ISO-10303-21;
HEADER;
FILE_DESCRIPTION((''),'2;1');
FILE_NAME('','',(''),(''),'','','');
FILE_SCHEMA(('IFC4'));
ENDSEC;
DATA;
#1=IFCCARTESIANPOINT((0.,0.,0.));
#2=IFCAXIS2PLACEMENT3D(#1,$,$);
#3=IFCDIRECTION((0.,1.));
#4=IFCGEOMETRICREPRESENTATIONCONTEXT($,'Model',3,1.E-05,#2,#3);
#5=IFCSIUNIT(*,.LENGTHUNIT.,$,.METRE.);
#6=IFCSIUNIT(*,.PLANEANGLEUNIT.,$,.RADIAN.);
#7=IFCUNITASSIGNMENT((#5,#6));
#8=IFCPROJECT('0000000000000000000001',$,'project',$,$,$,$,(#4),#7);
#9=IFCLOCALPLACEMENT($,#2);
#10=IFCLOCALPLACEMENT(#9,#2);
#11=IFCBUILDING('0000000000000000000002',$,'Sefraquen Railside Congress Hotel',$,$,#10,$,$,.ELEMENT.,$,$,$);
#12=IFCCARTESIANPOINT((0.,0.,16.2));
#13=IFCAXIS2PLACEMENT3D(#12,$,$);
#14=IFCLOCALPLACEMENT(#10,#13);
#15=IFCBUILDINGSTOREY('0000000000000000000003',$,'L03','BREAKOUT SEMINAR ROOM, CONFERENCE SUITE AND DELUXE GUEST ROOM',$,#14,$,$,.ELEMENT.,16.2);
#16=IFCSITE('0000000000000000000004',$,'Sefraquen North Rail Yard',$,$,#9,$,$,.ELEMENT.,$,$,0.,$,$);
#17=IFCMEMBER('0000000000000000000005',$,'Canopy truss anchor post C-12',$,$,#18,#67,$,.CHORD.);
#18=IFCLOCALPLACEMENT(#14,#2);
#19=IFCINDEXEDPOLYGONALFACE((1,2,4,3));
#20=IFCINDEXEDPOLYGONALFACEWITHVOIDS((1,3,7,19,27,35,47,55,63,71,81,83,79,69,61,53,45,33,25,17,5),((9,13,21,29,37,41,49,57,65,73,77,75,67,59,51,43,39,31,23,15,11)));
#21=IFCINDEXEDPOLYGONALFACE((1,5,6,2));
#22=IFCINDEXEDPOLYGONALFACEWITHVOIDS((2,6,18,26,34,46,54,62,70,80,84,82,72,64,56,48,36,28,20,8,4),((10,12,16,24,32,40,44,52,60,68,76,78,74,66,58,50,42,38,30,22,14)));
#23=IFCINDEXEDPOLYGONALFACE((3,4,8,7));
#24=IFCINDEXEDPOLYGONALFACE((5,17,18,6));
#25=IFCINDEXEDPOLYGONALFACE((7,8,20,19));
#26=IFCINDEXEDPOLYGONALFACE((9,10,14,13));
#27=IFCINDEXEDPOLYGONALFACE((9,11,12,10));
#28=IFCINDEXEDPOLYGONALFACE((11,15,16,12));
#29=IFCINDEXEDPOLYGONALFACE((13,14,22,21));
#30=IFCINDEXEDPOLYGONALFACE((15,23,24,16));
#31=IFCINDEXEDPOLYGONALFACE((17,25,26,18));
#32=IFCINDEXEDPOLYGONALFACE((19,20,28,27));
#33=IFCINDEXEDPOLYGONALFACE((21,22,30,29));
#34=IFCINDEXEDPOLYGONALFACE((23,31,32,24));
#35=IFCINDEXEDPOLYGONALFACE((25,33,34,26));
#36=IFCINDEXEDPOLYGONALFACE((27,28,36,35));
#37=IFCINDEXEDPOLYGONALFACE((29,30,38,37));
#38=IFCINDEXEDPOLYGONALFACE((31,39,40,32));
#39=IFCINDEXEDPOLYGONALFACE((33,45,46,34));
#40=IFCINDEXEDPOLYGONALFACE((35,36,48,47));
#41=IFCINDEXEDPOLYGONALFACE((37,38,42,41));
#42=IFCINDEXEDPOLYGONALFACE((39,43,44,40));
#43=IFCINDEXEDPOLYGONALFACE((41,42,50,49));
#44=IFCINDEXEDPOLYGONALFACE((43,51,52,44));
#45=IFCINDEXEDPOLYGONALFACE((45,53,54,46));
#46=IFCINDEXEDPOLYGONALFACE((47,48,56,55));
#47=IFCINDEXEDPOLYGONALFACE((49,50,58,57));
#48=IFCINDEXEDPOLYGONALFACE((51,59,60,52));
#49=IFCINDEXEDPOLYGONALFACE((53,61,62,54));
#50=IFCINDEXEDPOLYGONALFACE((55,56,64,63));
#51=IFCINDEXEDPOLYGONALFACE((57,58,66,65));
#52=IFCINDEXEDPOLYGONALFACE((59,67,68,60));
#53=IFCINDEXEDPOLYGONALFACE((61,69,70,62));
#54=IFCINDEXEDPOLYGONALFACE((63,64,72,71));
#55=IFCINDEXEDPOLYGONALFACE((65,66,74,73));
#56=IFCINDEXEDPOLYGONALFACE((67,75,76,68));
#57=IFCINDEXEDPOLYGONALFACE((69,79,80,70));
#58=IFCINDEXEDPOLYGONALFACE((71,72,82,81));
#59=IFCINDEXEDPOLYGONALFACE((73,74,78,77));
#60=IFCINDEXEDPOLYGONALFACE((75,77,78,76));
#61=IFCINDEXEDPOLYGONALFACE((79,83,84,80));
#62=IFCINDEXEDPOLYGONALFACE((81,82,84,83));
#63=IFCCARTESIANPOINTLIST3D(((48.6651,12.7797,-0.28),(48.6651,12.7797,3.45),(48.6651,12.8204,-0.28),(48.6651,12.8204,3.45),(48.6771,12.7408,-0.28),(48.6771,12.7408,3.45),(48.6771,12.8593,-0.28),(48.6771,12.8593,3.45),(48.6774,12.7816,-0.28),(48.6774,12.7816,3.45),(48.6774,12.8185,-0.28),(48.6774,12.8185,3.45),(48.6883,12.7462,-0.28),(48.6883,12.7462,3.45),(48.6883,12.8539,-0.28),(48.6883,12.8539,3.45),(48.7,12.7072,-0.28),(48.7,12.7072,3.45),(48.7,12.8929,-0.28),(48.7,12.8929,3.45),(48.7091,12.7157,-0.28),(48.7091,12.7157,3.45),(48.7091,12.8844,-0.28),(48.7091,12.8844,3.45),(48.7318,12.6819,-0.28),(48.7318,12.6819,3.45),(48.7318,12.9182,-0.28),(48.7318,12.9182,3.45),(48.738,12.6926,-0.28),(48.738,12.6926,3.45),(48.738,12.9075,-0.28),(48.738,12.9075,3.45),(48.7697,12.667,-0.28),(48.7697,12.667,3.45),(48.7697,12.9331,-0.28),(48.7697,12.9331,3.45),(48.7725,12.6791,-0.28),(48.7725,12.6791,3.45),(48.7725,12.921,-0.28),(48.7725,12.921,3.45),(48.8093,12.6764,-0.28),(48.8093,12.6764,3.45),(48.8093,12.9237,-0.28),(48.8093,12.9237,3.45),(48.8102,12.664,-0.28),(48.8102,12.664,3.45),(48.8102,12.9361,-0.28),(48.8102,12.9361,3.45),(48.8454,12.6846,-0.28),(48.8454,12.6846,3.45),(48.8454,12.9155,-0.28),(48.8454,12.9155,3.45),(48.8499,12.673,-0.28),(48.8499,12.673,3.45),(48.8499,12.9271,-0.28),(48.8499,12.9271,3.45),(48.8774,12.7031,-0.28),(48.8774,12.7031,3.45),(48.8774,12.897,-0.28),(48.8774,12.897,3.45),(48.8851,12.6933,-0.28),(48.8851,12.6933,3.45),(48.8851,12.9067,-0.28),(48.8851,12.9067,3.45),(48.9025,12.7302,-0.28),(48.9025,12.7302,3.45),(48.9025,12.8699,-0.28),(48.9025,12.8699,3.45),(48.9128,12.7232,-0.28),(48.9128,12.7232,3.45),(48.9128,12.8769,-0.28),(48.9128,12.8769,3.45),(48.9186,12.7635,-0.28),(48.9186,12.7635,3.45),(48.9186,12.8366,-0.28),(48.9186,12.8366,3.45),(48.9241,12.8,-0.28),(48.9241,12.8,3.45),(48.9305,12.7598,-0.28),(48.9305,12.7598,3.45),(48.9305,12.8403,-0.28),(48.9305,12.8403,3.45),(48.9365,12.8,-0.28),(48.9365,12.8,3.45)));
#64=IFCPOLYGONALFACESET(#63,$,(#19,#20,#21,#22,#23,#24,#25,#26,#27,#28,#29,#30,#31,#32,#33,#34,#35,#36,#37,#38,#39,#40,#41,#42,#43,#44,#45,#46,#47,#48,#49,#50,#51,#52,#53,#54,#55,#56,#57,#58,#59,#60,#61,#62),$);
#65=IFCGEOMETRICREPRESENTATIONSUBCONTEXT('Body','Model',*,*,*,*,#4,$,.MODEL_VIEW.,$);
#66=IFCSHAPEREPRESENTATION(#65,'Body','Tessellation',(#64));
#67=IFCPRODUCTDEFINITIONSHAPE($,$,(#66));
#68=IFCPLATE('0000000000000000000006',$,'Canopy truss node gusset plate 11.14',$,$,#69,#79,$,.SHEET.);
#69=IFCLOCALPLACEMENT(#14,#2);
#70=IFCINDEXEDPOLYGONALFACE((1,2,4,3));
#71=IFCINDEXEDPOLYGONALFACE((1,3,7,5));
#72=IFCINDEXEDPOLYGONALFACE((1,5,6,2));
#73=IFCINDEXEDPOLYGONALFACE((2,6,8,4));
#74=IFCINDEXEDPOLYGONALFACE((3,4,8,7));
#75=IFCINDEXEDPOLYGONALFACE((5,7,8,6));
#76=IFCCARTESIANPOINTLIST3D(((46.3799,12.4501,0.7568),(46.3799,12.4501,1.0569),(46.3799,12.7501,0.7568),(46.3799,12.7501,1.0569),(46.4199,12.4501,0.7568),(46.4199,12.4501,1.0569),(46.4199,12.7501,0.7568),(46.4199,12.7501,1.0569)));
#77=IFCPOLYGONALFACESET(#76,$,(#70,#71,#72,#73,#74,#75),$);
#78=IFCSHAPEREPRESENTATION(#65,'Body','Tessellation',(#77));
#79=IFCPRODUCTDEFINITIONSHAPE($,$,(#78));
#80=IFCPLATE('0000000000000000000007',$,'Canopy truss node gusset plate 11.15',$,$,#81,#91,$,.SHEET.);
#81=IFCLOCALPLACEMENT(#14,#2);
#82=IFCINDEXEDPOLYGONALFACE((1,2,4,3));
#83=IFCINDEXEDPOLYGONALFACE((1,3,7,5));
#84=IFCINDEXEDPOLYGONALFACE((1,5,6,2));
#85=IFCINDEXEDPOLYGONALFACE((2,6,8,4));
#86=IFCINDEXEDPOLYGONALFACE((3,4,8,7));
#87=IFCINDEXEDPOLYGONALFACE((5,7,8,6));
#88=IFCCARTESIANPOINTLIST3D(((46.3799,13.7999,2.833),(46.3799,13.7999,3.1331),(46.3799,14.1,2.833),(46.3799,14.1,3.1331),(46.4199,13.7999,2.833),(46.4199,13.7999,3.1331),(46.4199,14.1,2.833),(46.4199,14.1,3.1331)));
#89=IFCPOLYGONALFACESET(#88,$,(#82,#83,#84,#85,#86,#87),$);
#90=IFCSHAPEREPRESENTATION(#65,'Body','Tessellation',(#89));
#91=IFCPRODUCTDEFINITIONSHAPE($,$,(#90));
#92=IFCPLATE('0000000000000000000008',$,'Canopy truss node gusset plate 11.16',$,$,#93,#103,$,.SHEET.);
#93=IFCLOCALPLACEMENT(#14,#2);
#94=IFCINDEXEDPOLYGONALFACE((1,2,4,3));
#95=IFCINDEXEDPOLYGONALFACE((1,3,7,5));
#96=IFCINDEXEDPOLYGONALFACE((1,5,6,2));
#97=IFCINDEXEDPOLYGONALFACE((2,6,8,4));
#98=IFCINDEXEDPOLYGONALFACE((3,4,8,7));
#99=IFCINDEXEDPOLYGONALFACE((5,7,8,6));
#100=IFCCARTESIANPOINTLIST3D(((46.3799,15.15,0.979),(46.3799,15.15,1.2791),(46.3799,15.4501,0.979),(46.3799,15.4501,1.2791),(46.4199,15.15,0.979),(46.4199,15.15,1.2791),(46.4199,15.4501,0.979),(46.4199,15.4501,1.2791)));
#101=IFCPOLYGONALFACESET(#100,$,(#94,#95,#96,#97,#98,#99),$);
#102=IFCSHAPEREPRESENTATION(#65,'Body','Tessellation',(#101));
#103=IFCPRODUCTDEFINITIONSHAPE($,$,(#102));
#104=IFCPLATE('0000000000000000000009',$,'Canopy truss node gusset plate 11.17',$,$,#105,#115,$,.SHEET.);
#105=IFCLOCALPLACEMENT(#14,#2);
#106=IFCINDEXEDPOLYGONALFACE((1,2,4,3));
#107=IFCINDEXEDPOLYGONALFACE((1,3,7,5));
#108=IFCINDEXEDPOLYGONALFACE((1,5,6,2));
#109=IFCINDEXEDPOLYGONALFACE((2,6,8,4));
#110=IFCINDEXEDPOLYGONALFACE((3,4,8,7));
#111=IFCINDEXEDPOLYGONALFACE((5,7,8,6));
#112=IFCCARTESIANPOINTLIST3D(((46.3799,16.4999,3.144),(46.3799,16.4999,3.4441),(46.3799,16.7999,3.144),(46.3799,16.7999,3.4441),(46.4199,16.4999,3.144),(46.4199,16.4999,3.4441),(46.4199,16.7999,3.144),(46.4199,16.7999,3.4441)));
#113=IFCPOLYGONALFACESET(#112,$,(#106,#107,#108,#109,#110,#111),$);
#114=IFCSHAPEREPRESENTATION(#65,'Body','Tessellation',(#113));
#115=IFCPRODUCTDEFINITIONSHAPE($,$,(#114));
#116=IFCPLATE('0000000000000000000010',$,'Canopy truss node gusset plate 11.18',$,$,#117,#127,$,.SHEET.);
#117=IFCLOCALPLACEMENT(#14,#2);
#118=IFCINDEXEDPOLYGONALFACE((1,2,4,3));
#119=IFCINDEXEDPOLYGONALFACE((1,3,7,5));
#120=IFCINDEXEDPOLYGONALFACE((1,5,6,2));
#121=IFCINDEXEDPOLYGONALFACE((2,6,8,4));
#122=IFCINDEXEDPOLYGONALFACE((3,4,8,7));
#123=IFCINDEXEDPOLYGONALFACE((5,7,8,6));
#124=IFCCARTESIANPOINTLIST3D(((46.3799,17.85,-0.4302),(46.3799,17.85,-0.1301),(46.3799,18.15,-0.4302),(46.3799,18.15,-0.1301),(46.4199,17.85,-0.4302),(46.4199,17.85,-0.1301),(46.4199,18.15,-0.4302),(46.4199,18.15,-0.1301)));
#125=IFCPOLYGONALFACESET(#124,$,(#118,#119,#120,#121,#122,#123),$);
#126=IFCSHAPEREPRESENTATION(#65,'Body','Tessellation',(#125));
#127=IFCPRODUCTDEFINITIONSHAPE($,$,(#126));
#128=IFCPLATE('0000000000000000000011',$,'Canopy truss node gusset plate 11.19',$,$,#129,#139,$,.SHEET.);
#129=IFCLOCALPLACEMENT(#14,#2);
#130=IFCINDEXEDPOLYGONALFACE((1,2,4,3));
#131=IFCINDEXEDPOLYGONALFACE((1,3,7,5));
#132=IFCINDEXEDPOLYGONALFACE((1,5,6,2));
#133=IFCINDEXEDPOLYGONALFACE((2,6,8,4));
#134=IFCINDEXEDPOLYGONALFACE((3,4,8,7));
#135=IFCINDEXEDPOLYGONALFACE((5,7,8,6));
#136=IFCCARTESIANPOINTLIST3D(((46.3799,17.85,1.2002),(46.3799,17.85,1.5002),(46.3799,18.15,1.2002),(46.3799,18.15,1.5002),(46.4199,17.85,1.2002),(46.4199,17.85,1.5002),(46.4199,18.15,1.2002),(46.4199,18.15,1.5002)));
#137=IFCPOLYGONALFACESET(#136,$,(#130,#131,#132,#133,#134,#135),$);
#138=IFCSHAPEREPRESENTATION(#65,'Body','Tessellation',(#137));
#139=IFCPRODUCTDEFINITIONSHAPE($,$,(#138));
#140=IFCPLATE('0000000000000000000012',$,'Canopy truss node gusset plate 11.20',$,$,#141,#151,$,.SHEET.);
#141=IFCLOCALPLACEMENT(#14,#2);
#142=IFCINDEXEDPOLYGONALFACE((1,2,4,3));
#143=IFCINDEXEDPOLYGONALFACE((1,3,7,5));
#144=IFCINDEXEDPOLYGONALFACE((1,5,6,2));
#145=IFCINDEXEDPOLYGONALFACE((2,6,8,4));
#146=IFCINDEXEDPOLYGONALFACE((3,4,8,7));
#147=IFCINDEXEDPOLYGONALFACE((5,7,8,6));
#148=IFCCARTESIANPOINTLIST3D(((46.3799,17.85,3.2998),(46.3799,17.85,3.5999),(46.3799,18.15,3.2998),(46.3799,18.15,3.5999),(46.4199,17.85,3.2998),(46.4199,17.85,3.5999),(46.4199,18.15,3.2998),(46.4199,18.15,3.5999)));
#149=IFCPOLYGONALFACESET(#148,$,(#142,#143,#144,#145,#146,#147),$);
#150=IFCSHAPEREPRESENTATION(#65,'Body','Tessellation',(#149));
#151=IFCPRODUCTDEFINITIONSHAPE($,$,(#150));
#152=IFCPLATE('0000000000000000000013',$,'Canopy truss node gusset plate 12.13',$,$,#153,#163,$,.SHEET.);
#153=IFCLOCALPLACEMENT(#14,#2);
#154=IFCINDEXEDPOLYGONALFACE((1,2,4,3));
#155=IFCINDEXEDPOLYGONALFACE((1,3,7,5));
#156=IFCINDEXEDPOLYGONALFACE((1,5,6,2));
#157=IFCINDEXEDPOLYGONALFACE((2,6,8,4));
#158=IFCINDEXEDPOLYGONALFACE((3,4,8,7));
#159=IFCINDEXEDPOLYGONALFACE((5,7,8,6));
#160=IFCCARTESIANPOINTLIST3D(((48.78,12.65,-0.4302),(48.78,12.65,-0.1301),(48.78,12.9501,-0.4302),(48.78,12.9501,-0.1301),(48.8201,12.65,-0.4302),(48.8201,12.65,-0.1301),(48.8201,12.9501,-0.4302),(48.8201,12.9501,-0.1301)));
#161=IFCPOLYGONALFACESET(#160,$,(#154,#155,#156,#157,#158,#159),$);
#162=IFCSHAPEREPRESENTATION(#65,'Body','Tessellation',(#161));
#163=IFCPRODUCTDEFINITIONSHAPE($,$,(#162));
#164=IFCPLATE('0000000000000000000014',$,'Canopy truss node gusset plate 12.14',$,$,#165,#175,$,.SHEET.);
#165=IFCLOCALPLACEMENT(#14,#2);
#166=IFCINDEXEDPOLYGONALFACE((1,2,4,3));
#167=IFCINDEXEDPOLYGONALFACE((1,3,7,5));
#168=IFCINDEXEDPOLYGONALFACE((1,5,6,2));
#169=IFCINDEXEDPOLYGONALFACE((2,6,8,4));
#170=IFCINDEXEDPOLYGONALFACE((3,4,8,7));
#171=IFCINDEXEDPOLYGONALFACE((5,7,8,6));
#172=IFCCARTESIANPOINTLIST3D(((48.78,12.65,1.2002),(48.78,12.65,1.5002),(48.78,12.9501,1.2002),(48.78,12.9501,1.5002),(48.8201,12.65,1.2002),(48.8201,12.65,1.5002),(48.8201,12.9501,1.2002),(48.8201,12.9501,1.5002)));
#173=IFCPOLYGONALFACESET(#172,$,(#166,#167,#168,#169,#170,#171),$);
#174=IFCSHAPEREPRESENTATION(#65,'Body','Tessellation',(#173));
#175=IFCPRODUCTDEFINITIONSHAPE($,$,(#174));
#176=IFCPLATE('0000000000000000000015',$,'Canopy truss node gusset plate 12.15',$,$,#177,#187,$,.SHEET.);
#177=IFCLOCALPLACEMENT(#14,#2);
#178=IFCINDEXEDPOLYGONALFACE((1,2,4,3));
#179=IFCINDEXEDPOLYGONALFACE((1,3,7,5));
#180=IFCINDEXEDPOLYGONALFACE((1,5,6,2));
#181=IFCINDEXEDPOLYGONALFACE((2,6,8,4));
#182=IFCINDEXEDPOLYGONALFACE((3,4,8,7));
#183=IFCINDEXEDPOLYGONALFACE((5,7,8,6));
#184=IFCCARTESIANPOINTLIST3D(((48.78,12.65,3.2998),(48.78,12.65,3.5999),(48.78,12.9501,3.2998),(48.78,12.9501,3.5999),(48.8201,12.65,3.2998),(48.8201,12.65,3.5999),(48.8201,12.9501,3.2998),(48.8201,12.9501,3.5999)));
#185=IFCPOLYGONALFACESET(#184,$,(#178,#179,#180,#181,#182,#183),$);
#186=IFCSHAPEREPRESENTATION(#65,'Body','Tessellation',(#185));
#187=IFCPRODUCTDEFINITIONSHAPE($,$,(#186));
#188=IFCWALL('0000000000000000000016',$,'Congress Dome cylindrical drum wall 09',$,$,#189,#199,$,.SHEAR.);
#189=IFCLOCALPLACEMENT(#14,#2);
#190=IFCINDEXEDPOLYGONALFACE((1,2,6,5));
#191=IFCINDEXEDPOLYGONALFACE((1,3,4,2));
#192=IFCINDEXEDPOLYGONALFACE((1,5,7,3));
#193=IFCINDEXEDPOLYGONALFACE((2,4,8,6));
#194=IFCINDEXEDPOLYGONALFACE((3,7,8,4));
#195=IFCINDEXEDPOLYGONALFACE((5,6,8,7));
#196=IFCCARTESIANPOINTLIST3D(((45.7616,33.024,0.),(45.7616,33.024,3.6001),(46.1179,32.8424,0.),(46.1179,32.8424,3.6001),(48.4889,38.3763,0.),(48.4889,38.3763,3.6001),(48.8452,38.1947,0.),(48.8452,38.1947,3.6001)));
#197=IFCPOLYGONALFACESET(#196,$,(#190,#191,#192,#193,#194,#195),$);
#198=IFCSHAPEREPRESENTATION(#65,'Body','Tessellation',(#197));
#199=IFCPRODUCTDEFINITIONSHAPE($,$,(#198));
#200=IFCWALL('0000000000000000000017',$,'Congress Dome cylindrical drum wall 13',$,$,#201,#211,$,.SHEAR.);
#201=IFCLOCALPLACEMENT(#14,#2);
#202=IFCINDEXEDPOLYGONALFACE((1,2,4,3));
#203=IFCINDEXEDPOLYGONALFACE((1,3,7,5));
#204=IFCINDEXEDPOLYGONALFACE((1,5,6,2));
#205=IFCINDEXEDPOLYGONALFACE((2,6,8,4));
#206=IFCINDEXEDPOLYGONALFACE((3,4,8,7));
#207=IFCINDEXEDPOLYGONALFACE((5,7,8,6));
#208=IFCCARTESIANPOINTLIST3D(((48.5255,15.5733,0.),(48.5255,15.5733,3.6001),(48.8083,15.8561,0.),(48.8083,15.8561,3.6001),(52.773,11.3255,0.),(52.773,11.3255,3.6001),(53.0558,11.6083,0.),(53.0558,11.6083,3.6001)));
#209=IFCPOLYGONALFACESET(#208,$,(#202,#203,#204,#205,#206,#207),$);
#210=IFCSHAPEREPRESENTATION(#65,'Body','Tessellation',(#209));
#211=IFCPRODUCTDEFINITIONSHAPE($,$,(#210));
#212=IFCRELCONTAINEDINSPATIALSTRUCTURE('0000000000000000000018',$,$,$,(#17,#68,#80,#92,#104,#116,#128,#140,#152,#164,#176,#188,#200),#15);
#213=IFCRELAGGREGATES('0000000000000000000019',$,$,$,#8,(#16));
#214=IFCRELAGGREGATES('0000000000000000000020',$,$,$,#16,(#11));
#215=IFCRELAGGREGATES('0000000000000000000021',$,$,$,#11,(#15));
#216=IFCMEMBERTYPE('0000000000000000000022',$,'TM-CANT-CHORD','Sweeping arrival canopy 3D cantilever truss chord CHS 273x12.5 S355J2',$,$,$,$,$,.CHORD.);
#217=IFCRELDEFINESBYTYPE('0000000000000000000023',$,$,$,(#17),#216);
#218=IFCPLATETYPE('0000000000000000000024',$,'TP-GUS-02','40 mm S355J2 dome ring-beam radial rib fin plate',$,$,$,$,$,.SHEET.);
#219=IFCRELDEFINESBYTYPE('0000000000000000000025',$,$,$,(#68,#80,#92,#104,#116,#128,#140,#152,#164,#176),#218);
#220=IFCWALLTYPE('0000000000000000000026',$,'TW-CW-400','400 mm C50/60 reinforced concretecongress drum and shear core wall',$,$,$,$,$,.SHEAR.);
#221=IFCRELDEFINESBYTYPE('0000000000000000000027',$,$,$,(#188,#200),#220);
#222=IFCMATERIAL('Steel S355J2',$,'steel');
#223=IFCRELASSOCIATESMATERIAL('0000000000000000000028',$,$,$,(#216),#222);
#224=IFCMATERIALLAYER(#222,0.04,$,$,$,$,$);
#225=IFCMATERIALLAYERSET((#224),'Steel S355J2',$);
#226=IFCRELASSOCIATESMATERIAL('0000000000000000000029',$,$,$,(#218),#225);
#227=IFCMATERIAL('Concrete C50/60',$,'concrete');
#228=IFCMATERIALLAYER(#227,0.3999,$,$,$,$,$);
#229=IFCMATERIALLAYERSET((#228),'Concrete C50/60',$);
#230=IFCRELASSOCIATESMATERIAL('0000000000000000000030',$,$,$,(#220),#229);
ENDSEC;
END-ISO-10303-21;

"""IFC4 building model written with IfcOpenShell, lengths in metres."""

from ifc_helpers import new_model, si_unit, direction, frame, frame_2d, origin, origin_2d, place, context, subcontext, project, spatial, rectangle, hollow_circle, extrude, material, layer, layer_set, material_profile, profile_set, type_object, element, save


model = new_model("IFC4")

# Units and contexts
model_context = context("Model", 3, precision=1e-05, world=origin(), true_north=direction((0.0, 1.0)))
body_context = subcontext(model_context, "Body", "Model", "MODEL_VIEW")
ifc_project = project(units=[si_unit("LENGTHUNIT", "METRE"), si_unit("PLANEANGLEUNIT", "RADIAN")], contexts=[model_context])

# Site, building, storey
site_placement = place(None, origin())
site = spatial("IfcSite", under=ifc_project, at=site_placement, Name="Sefraquen North Rail Yard", CompositionType="ELEMENT", RefElevation=0.0)
building_placement = place(site_placement, origin())
building = spatial("IfcBuilding", under=site, at=building_placement, Name="Sefraquen Railside Congress Hotel", CompositionType="ELEMENT")
storey_placement = place(building_placement, frame((0.0, 0.0, 16.2)))
storey = spatial("IfcBuildingStorey", under=building, at=storey_placement, Name="L03", Description="BREAKOUT SEMINAR ROOM, CONFERENCE SUITE AND DELUXE GUEST ROOM", CompositionType="ELEMENT", Elevation=16.2)

# Shared definitions
ifc_material_1 = material(Name="Steel S355J2", Category="steel")

# Member
ifc_material_profile_1 = material_profile(ifc_material_1, hollow_circle(Radius=0.1365, WallThickness=0.0125, at=origin_2d()), Name="CHS 273x12.5")
ifc_profile_set_1 = profile_set([ifc_material_profile_1], Name="Steel S355J2")
member_type_1 = type_object("IfcMemberType", Name="TM-CANT-CHORD", Description="Sweeping arrival canopy 3D cantilever truss chord CHS 273x12.5 S355J2", PredefinedType="CHORD", material=ifc_profile_set_1)
for number, where, z_axis, x_axis, name in (
    (1, (48.8, 12.8, -0.28), (0.0, 0.0, 1.0), (1.0, 0.0, 0.0), "Canopy truss anchor post C-12"),
):
    element("IfcMember", number, at=place(storey_placement, frame(where, z_axis=z_axis, x_axis=x_axis)), inside=storey, type_object=member_type_1, Name=name, PredefinedType="CHORD", context=body_context, shape_type="SweptSolid", body=[
        extrude(hollow_circle(Radius=0.1365, WallThickness=0.0125, at=origin_2d()), origin(), (0.0, 0.0, 1.0), 3.73),
    ])

# Plates
ifc_layer_1 = layer(ifc_material_1, 0.04)
ifc_layer_set_1 = layer_set([ifc_layer_1], Name="Steel S355J2")
plate_type = type_object("IfcPlateType", Name="TP-GUS-02", Description="40 mm S355J2 dome ring-beam radial rib fin plate", PredefinedType="SHEET", material=ifc_layer_set_1)
for number, where, z_axis, x_axis, name in (
    (2, (46.3999, 12.6001, 0.7568), (0.0, 0.0, 1.0), (1.0, 0.0, 0.0), "Canopy truss node gusset plate 11.14"),
    (3, (46.3999, 13.95, 2.833), (0.0, 0.0, 1.0), (1.0, 0.0, 0.0), "Canopy truss node gusset plate 11.15"),
    (4, (46.3999, 15.3, 0.979), (0.0, 0.0, 1.0), (1.0, 0.0, 0.0), "Canopy truss node gusset plate 11.16"),
    (5, (46.3999, 16.6499, 3.144), (0.0, 0.0, 1.0), (1.0, 0.0, 0.0), "Canopy truss node gusset plate 11.17"),
    (6, (46.3999, 18.0, -0.4302), (0.0, 0.0, 1.0), (1.0, 0.0, 0.0), "Canopy truss node gusset plate 11.18"),
    (7, (46.3999, 18.0, 1.2002), (0.0, 0.0, 1.0), (1.0, 0.0, 0.0), "Canopy truss node gusset plate 11.19"),
    (8, (46.3999, 18.0, 3.2998), (0.0, 0.0, 1.0), (1.0, 0.0, 0.0), "Canopy truss node gusset plate 11.20"),
    (9, (48.8, 12.8, -0.4302), (0.0, 0.0, 1.0), (1.0, 0.0, 0.0), "Canopy truss node gusset plate 12.13"),
    (10, (48.8, 12.8, 1.2002), (0.0, 0.0, 1.0), (1.0, 0.0, 0.0), "Canopy truss node gusset plate 12.14"),
    (11, (48.8, 12.8, 3.2998), (0.0, 0.0, 1.0), (1.0, 0.0, 0.0), "Canopy truss node gusset plate 12.15"),
):
    element("IfcPlate", number, at=place(storey_placement, frame(where, z_axis=z_axis, x_axis=x_axis)), inside=storey, type_object=plate_type, Name=name, PredefinedType="SHEET", context=body_context, shape_type="SweptSolid", body=[
        extrude(rectangle(XDim=0.04, YDim=0.3, at=origin_2d()), origin(), (0.0, 0.0, 1.0), 0.3),
    ])

# Walls
ifc_material_2 = material(Name="Concrete C50/60", Category="concrete")
ifc_layer_2 = layer(ifc_material_2, 0.3999)
ifc_layer_set_2 = layer_set([ifc_layer_2], Name="Concrete C50/60")
wall_type = type_object("IfcWallType", Name="TW-CW-400", Description="400 mm C50/60 reinforced concretecongress drum and shear core wall", PredefinedType="SHEAR", material=ifc_layer_set_2)
for number, where, z_axis, x_axis, name in (
    (12, (48.667, 38.2854, 0.0), (0.0, 0.0, 1.0), (-0.454012, -0.890995, 0.0), "Congress Dome cylindrical drum wall 09"),
    (13, (48.667, 15.7146, 0.0), (0.0, 0.0, 1.0), (0.707086, -0.707127, 0.0), "Congress Dome cylindrical drum wall 13"),
):
    element("IfcWall", number, at=place(storey_placement, frame(where, z_axis=z_axis, x_axis=x_axis)), inside=storey, type_object=wall_type, Name=name, PredefinedType="SHEAR", context=body_context, shape_type="SweptSolid", body=[
        extrude(rectangle(XDim=6.0071, YDim=0.3999, at=frame_2d((3.0034, 0.0))), origin(), (0.0, 0.0, 1.0), 3.6001),
    ])

save(model, "model.ifc")
